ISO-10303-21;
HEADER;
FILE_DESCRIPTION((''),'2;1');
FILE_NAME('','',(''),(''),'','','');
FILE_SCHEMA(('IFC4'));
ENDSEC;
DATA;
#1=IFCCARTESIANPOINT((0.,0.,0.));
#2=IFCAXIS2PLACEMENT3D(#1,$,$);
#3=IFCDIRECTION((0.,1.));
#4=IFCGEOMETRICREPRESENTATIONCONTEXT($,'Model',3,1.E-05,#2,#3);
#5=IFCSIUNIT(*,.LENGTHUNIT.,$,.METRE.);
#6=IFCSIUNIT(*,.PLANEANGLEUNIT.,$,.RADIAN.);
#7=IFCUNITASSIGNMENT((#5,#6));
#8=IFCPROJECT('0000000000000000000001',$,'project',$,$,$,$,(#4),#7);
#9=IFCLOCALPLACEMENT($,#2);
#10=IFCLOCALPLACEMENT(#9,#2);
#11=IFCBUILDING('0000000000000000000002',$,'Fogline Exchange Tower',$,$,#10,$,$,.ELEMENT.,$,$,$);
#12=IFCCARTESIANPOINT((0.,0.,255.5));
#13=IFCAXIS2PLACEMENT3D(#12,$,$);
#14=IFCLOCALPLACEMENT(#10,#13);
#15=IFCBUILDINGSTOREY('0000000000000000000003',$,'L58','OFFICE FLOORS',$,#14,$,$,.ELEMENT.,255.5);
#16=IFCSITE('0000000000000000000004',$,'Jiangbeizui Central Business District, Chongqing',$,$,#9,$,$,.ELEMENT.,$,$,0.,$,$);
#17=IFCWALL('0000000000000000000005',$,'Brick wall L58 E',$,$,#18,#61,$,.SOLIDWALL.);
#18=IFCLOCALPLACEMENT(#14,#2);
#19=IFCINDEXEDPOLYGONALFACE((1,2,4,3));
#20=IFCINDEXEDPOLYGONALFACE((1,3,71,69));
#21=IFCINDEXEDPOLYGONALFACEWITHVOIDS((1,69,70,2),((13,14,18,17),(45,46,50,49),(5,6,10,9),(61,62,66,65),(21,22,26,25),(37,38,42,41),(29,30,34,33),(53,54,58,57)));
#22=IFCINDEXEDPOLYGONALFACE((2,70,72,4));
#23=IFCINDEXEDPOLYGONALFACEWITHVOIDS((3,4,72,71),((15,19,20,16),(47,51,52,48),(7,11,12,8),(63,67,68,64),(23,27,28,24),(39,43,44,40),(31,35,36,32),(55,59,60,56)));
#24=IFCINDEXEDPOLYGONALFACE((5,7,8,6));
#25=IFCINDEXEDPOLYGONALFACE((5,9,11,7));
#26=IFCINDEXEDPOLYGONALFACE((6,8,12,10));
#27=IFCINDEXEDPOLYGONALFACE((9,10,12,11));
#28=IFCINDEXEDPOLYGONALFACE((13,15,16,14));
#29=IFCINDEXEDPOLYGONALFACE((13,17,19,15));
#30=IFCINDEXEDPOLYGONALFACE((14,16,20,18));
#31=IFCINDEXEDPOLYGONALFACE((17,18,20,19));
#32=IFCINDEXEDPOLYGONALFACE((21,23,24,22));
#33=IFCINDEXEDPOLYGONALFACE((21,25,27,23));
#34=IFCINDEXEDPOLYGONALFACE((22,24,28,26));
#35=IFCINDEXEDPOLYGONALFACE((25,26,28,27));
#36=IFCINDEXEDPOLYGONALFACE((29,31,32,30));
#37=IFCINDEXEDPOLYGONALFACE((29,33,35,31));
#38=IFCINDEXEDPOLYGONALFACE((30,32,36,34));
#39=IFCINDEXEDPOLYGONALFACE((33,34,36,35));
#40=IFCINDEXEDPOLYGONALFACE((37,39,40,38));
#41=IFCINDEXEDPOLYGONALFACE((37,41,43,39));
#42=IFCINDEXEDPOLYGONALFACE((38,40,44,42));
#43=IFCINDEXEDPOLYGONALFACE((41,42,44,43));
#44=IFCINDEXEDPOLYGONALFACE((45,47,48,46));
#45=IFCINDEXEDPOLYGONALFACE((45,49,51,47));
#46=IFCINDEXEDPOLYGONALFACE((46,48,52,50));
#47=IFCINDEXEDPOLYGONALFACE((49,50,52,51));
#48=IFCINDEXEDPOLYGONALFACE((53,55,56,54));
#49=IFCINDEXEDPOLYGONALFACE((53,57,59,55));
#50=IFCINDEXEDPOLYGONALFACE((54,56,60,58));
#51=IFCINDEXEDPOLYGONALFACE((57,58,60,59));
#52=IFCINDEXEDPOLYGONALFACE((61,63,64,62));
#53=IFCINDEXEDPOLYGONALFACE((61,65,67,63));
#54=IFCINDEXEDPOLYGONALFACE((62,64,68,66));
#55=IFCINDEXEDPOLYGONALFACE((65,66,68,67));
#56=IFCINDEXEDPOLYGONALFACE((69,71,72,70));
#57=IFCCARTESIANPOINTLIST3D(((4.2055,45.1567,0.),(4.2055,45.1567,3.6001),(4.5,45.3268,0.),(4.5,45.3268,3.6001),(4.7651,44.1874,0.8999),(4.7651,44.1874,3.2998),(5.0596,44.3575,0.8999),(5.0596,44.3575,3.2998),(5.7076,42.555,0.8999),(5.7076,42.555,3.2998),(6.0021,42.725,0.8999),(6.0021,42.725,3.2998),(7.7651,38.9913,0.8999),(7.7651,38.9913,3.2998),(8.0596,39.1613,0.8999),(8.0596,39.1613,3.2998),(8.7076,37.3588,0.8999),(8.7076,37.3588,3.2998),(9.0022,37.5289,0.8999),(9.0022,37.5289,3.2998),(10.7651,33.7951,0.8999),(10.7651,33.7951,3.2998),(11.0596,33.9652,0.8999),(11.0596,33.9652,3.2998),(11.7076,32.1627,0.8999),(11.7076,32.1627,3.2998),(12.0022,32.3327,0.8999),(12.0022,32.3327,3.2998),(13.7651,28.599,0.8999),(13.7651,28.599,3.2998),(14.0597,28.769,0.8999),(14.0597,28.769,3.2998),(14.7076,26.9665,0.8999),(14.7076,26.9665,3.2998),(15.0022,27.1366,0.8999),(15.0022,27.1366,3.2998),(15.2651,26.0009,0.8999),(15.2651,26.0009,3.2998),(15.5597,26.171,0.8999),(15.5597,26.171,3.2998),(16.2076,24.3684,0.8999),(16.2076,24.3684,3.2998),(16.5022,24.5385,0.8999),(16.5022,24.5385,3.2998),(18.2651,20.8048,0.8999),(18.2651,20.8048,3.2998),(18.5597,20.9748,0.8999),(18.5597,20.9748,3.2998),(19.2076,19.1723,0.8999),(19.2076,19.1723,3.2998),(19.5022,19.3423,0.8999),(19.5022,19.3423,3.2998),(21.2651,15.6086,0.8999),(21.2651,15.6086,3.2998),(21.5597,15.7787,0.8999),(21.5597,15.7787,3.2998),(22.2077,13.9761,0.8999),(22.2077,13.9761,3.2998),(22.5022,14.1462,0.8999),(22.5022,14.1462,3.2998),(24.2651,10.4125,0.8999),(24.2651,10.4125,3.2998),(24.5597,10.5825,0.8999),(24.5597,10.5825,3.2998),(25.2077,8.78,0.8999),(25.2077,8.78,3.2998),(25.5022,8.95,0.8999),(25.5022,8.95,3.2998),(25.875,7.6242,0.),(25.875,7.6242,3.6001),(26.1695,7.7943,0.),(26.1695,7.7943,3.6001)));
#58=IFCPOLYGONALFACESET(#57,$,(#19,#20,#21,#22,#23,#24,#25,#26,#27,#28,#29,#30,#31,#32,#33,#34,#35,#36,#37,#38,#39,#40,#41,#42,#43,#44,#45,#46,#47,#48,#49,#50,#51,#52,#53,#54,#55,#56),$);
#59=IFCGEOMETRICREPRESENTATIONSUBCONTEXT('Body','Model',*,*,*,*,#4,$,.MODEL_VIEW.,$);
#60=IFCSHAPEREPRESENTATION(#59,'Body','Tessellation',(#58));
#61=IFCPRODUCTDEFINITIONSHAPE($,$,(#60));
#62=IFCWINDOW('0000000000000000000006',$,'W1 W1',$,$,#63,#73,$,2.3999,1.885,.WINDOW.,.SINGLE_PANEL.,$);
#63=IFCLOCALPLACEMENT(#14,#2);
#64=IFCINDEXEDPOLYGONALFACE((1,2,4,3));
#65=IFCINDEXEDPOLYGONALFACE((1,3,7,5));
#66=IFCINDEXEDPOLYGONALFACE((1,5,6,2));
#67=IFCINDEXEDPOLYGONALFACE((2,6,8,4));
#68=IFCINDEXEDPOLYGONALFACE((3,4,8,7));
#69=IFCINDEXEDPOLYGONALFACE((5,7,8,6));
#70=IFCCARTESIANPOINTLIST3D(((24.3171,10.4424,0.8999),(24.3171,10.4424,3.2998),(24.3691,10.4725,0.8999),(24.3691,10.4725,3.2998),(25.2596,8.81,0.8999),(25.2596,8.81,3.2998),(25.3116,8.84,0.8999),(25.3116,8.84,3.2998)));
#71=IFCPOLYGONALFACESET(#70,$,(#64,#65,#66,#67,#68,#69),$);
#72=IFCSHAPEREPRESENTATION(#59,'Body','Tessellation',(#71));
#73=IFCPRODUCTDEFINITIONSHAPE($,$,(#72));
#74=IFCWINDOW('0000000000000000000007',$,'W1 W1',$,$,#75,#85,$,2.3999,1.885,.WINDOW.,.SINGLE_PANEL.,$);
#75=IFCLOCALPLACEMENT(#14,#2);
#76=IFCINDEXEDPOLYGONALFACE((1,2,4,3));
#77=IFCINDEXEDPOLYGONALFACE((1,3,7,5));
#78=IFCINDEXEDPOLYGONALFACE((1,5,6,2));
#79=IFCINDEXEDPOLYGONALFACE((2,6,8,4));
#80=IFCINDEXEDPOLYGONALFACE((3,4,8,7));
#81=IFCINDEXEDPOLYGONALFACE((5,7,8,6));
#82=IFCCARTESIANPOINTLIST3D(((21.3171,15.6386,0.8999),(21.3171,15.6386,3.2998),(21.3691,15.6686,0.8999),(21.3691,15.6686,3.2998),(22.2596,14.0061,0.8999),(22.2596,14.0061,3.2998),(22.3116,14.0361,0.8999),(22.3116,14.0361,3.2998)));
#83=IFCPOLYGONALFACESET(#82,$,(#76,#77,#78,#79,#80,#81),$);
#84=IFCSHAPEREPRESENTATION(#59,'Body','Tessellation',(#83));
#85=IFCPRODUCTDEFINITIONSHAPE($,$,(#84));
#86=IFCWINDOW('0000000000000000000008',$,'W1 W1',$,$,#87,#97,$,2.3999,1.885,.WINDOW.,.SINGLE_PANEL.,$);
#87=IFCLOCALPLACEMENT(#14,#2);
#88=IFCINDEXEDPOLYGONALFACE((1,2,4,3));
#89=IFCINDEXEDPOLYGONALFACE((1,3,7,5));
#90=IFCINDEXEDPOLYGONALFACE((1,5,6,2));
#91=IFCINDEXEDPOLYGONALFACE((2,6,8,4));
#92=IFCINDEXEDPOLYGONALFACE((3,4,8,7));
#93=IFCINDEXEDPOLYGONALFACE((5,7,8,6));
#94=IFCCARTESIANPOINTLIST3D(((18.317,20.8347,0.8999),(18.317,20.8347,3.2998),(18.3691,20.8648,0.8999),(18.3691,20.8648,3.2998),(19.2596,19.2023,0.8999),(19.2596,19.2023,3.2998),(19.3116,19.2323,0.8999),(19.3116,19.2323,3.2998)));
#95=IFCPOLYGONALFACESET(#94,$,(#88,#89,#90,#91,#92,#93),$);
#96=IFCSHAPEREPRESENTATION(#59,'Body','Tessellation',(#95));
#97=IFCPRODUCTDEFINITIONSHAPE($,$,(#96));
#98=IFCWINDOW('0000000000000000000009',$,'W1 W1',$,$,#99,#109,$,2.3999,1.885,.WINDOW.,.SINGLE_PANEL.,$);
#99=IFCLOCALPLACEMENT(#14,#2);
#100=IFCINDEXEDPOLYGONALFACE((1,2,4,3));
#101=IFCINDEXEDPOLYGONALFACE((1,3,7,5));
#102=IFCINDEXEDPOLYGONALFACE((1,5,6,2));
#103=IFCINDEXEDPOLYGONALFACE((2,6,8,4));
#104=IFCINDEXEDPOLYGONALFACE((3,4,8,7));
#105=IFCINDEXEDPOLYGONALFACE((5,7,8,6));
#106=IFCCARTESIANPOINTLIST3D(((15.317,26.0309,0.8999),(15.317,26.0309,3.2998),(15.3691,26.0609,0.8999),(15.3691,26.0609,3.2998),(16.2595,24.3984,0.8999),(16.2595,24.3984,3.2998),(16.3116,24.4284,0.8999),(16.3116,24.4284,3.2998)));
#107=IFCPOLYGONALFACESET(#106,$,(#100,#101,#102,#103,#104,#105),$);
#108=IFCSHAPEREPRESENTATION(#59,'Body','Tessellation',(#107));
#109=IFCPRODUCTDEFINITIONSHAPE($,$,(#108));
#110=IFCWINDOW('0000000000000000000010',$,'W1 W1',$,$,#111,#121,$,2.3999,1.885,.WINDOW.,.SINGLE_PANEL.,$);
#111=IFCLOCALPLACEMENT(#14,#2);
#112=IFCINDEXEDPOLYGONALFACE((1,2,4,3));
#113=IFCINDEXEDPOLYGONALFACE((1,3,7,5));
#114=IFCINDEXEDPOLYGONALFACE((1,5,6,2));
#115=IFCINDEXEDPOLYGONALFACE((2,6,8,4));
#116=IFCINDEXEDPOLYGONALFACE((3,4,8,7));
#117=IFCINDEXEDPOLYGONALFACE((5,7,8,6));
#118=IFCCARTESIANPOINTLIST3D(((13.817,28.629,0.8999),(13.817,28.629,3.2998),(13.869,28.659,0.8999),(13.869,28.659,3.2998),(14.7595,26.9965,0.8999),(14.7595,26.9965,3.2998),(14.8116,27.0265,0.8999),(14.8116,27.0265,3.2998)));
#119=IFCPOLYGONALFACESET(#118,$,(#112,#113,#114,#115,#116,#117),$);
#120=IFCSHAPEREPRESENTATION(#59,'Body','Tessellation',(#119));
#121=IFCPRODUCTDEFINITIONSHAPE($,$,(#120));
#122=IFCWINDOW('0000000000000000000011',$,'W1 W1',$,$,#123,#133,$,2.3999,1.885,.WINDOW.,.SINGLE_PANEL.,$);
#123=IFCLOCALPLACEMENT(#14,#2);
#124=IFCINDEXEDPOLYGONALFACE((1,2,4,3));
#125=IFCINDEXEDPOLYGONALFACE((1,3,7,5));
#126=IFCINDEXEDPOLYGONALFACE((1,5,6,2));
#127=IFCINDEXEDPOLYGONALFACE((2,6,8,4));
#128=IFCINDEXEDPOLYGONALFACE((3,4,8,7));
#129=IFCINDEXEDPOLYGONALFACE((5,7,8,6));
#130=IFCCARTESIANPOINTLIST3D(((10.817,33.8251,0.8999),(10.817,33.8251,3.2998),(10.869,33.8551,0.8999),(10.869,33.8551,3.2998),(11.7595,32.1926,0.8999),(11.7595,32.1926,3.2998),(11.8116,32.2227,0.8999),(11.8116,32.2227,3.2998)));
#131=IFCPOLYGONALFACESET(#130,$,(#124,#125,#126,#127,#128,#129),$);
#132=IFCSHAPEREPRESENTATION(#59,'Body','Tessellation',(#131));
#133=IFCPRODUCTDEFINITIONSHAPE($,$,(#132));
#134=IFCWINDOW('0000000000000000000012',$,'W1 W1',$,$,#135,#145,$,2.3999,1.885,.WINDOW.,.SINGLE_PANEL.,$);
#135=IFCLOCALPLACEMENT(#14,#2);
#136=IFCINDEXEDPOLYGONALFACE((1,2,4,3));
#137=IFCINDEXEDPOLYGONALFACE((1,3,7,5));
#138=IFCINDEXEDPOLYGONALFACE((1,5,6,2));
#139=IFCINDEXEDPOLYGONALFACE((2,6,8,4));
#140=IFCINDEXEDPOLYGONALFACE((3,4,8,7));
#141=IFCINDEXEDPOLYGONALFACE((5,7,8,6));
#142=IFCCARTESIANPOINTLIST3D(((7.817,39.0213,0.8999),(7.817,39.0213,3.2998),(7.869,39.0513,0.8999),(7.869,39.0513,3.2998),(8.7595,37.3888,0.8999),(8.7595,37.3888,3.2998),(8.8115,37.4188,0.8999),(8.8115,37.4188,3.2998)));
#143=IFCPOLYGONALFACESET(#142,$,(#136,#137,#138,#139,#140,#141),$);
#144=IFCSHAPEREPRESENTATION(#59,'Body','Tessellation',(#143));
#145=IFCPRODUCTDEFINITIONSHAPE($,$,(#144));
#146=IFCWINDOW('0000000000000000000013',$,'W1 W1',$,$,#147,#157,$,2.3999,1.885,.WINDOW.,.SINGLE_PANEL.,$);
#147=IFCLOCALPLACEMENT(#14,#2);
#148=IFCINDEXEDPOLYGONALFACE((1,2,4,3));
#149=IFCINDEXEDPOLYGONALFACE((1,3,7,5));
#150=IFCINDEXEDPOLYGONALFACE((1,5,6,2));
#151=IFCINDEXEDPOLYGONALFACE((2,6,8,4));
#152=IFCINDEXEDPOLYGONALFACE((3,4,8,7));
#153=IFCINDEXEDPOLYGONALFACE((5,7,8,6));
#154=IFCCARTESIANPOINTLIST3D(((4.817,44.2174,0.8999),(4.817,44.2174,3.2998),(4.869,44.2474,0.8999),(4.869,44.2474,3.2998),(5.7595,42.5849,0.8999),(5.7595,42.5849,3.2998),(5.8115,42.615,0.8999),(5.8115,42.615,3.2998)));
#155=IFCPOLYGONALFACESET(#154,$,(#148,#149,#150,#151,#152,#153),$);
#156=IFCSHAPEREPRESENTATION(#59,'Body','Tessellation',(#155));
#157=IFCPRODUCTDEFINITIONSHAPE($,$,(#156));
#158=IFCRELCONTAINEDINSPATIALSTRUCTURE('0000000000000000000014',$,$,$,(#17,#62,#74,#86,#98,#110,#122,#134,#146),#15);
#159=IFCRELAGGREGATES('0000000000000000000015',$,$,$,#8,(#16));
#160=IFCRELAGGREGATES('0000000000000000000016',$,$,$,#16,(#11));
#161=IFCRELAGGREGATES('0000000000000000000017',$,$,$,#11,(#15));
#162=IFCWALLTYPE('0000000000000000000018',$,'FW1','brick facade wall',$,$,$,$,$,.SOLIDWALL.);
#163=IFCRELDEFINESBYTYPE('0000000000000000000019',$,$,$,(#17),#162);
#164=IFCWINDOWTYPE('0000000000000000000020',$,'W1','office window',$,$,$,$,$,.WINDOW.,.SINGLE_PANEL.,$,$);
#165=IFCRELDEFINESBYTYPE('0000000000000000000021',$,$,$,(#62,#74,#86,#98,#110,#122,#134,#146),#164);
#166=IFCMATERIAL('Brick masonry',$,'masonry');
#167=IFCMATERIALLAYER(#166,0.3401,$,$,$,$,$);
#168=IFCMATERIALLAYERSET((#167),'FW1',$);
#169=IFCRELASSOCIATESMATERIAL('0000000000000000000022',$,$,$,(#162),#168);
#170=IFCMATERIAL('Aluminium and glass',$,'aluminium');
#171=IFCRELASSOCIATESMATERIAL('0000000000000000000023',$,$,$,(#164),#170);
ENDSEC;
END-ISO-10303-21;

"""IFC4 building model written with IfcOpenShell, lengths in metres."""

from ifc_helpers import new_model, si_unit, direction, frame, frame_2d, origin, place, context, subcontext, project, spatial, rectangle, extrude, material, layer, layer_set, type_object, element, fill, save


model = new_model("IFC4")

# Units and contexts
model_context = context("Model", 3, precision=1e-05, world=origin(), true_north=direction((0.0, 1.0)))
body_context = subcontext(model_context, "Body", "Model", "MODEL_VIEW")
ifc_project = project(units=[si_unit("LENGTHUNIT", "METRE"), si_unit("PLANEANGLEUNIT", "RADIAN")], contexts=[model_context])

# Site, building, storey
site_placement = place(None, origin())
site = spatial("IfcSite", under=ifc_project, at=site_placement, Name="Jiangbeizui Central Business District, Chongqing", CompositionType="ELEMENT", RefElevation=0.0)
building_placement = place(site_placement, origin())
building = spatial("IfcBuilding", under=site, at=building_placement, Name="Fogline Exchange Tower", CompositionType="ELEMENT")
storey_placement = place(building_placement, frame((0.0, 0.0, 255.5)))
storey = spatial("IfcBuildingStorey", under=building, at=storey_placement, Name="L58", Description="OFFICE FLOORS", CompositionType="ELEMENT", Elevation=255.5)

# Shared definitions
ifc_material_1 = material(Name="Brick masonry", Category="masonry")
ifc_layer = layer(ifc_material_1, 0.3401)
ifc_layer_set = layer_set([ifc_layer], Name="FW1")
wall_type = type_object("IfcWallType", Name="FW1", Description="brick facade wall", PredefinedType="SOLIDWALL", material=ifc_layer_set)
ifc_material_2 = material(Name="Aluminium and glass", Category="aluminium")

# Wall, openings, windows
wall_1_placement = place(storey_placement, frame((26.0222, 7.7092, 0.0), z_axis=(0.0, 0.0, 1.0), x_axis=(-0.500001, 0.866025, 0.0)))
wall_1 = element("IfcWall", 1, at=wall_1_placement, inside=storey, type_object=wall_type, Name="Brick wall L58 E", PredefinedType="SOLIDWALL", context=body_context, shape_type="SweptSolid", body=[
    extrude(rectangle(XDim=43.3389, YDim=0.3401, at=frame_2d((21.6694, 0.0))), origin(), (0.0, 0.0, 1.0), 3.6001),
])
opening_1_placement = place(wall_1_placement, frame((1.3347, 0.0, 0.8999)))
opening_1 = element("IfcOpeningElement", 2, at=opening_1_placement, cuts=wall_1, PredefinedType="OPENING", context=body_context, shape_type="SweptSolid", body=[
    extrude(rectangle(XDim=1.885, YDim=2.3999, at=frame_2d((0.9424, 1.2))), frame((0.0, 0.1802, 0.0), z_axis=(0.0, -1.0, 0.0), x_axis=(1.0, 0.0, 0.0)), (0.0, 0.0, 1.0), 0.3601),
])
opening_2_placement = place(wall_1_placement, frame((7.3347, 0.0, 0.8999)))
opening_2 = element("IfcOpeningElement", 3, at=opening_2_placement, cuts=wall_1, PredefinedType="OPENING", context=body_context, shape_type="SweptSolid", body=[
    extrude(rectangle(XDim=1.885, YDim=2.3999, at=frame_2d((0.9424, 1.2))), frame((0.0, 0.1802, 0.0), z_axis=(0.0, -1.0, 0.0), x_axis=(1.0, 0.0, 0.0)), (0.0, 0.0, 1.0), 0.3601),
])
opening_3_placement = place(wall_1_placement, frame((13.3347, 0.0, 0.8999)))
opening_3 = element("IfcOpeningElement", 4, at=opening_3_placement, cuts=wall_1, PredefinedType="OPENING", context=body_context, shape_type="SweptSolid", body=[
    extrude(rectangle(XDim=1.885, YDim=2.3999, at=frame_2d((0.9424, 1.2))), frame((0.0, 0.1802, 0.0), z_axis=(0.0, -1.0, 0.0), x_axis=(1.0, 0.0, 0.0)), (0.0, 0.0, 1.0), 0.3601),
])
opening_4_placement = place(wall_1_placement, frame((19.3347, 0.0, 0.8999)))
opening_4 = element("IfcOpeningElement", 5, at=opening_4_placement, cuts=wall_1, PredefinedType="OPENING", context=body_context, shape_type="SweptSolid", body=[
    extrude(rectangle(XDim=1.885, YDim=2.3999, at=frame_2d((0.9424, 1.2))), frame((0.0, 0.1802, 0.0), z_axis=(0.0, -1.0, 0.0), x_axis=(1.0, 0.0, 0.0)), (0.0, 0.0, 1.0), 0.3601),
])
opening_5_placement = place(wall_1_placement, frame((22.3347, 0.0, 0.8999)))
opening_5 = element("IfcOpeningElement", 6, at=opening_5_placement, cuts=wall_1, PredefinedType="OPENING", context=body_context, shape_type="SweptSolid", body=[
    extrude(rectangle(XDim=1.885, YDim=2.3999, at=frame_2d((0.9424, 1.2))), frame((0.0, 0.1802, 0.0), z_axis=(0.0, -1.0, 0.0), x_axis=(1.0, 0.0, 0.0)), (0.0, 0.0, 1.0), 0.3601),
])
opening_6_placement = place(wall_1_placement, frame((28.3347, 0.0, 0.8999)))
opening_6 = element("IfcOpeningElement", 7, at=opening_6_placement, cuts=wall_1, PredefinedType="OPENING", context=body_context, shape_type="SweptSolid", body=[
    extrude(rectangle(XDim=1.885, YDim=2.3999, at=frame_2d((0.9424, 1.2))), frame((0.0, 0.1802, 0.0), z_axis=(0.0, -1.0, 0.0), x_axis=(1.0, 0.0, 0.0)), (0.0, 0.0, 1.0), 0.3601),
])
opening_7_placement = place(wall_1_placement, frame((34.3347, 0.0, 0.8999)))
opening_7 = element("IfcOpeningElement", 8, at=opening_7_placement, cuts=wall_1, PredefinedType="OPENING", context=body_context, shape_type="SweptSolid", body=[
    extrude(rectangle(XDim=1.885, YDim=2.3999, at=frame_2d((0.9424, 1.2))), frame((0.0, 0.1802, 0.0), z_axis=(0.0, -1.0, 0.0), x_axis=(1.0, 0.0, 0.0)), (0.0, 0.0, 1.0), 0.3601),
])
opening_8_placement = place(wall_1_placement, frame((40.3347, 0.0, 0.8999)))
opening_8 = element("IfcOpeningElement", 9, at=opening_8_placement, cuts=wall_1, PredefinedType="OPENING", context=body_context, shape_type="SweptSolid", body=[
    extrude(rectangle(XDim=1.885, YDim=2.3999, at=frame_2d((0.9424, 1.2))), frame((0.0, 0.1802, 0.0), z_axis=(0.0, -1.0, 0.0), x_axis=(1.0, 0.0, 0.0)), (0.0, 0.0, 1.0), 0.3601),
])
window_type = type_object("IfcWindowType", Name="W1", Description="office window", PartitioningType="SINGLE_PANEL", PredefinedType="WINDOW", material=ifc_material_2)
window_1_placement = place(opening_1_placement, origin())
window_1 = element("IfcWindow", 10, at=window_1_placement, inside=storey, type_object=window_type, Name="W1 W1", OverallHeight=2.3999, OverallWidth=1.885, PartitioningType="SINGLE_PANEL", PredefinedType="WINDOW", context=body_context, shape_type="SweptSolid", body=[
    extrude(rectangle(XDim=1.885, YDim=2.3999, at=frame_2d((0.9424, 1.2))), frame((0.0, 0.1101, 0.0), z_axis=(0.0, -1.0, 0.0), x_axis=(1.0, 0.0, 0.0)), (0.0, 0.0, 1.0), 0.0601),
])
fill(opening_1, window_1)
window_2_placement = place(opening_2_placement, origin())
window_2 = element("IfcWindow", 11, at=window_2_placement, inside=storey, type_object=window_type, Name="W1 W1", OverallHeight=2.3999, OverallWidth=1.885, PartitioningType="SINGLE_PANEL", PredefinedType="WINDOW", context=body_context, shape_type="SweptSolid", body=[
    extrude(rectangle(XDim=1.885, YDim=2.3999, at=frame_2d((0.9424, 1.2))), frame((0.0, 0.1101, 0.0), z_axis=(0.0, -1.0, 0.0), x_axis=(1.0, 0.0, 0.0)), (0.0, 0.0, 1.0), 0.0601),
])
fill(opening_2, window_2)
window_3_placement = place(opening_3_placement, origin())
window_3 = element("IfcWindow", 12, at=window_3_placement, inside=storey, type_object=window_type, Name="W1 W1", OverallHeight=2.3999, OverallWidth=1.885, PartitioningType="SINGLE_PANEL", PredefinedType="WINDOW", context=body_context, shape_type="SweptSolid", body=[
    extrude(rectangle(XDim=1.885, YDim=2.3999, at=frame_2d((0.9424, 1.2))), frame((0.0, 0.1101, 0.0), z_axis=(0.0, -1.0, 0.0), x_axis=(1.0, 0.0, 0.0)), (0.0, 0.0, 1.0), 0.0601),
])
fill(opening_3, window_3)
window_4_placement = place(opening_4_placement, origin())
window_4 = element("IfcWindow", 13, at=window_4_placement, inside=storey, type_object=window_type, Name="W1 W1", OverallHeight=2.3999, OverallWidth=1.885, PartitioningType="SINGLE_PANEL", PredefinedType="WINDOW", context=body_context, shape_type="SweptSolid", body=[
    extrude(rectangle(XDim=1.885, YDim=2.3999, at=frame_2d((0.9424, 1.2))), frame((0.0, 0.1101, 0.0), z_axis=(0.0, -1.0, 0.0), x_axis=(1.0, 0.0, 0.0)), (0.0, 0.0, 1.0), 0.0601),
])
fill(opening_4, window_4)
window_5_placement = place(opening_5_placement, origin())
window_5 = element("IfcWindow", 14, at=window_5_placement, inside=storey, type_object=window_type, Name="W1 W1", OverallHeight=2.3999, OverallWidth=1.885, PartitioningType="SINGLE_PANEL", PredefinedType="WINDOW", context=body_context, shape_type="SweptSolid", body=[
    extrude(rectangle(XDim=1.885, YDim=2.3999, at=frame_2d((0.9424, 1.2))), frame((0.0, 0.1101, 0.0), z_axis=(0.0, -1.0, 0.0), x_axis=(1.0, 0.0, 0.0)), (0.0, 0.0, 1.0), 0.0601),
])
fill(opening_5, window_5)
window_6_placement = place(opening_6_placement, origin())
window_6 = element("IfcWindow", 15, at=window_6_placement, inside=storey, type_object=window_type, Name="W1 W1", OverallHeight=2.3999, OverallWidth=1.885, PartitioningType="SINGLE_PANEL", PredefinedType="WINDOW", context=body_context, shape_type="SweptSolid", body=[
    extrude(rectangle(XDim=1.885, YDim=2.3999, at=frame_2d((0.9424, 1.2))), frame((0.0, 0.1101, 0.0), z_axis=(0.0, -1.0, 0.0), x_axis=(1.0, 0.0, 0.0)), (0.0, 0.0, 1.0), 0.0601),
])
fill(opening_6, window_6)
window_7_placement = place(opening_7_placement, origin())
window_7 = element("IfcWindow", 16, at=window_7_placement, inside=storey, type_object=window_type, Name="W1 W1", OverallHeight=2.3999, OverallWidth=1.885, PartitioningType="SINGLE_PANEL", PredefinedType="WINDOW", context=body_context, shape_type="SweptSolid", body=[
    extrude(rectangle(XDim=1.885, YDim=2.3999, at=frame_2d((0.9424, 1.2))), frame((0.0, 0.1101, 0.0), z_axis=(0.0, -1.0, 0.0), x_axis=(1.0, 0.0, 0.0)), (0.0, 0.0, 1.0), 0.0601),
])
fill(opening_7, window_7)
window_8_placement = place(opening_8_placement, origin())
window_8 = element("IfcWindow", 17, at=window_8_placement, inside=storey, type_object=window_type, Name="W1 W1", OverallHeight=2.3999, OverallWidth=1.885, PartitioningType="SINGLE_PANEL", PredefinedType="WINDOW", context=body_context, shape_type="SweptSolid", body=[
    extrude(rectangle(XDim=1.885, YDim=2.3999, at=frame_2d((0.9424, 1.2))), frame((0.0, 0.1101, 0.0), z_axis=(0.0, -1.0, 0.0), x_axis=(1.0, 0.0, 0.0)), (0.0, 0.0, 1.0), 0.0601),
])
fill(opening_8, window_8)

save(model, "model.ifc")
